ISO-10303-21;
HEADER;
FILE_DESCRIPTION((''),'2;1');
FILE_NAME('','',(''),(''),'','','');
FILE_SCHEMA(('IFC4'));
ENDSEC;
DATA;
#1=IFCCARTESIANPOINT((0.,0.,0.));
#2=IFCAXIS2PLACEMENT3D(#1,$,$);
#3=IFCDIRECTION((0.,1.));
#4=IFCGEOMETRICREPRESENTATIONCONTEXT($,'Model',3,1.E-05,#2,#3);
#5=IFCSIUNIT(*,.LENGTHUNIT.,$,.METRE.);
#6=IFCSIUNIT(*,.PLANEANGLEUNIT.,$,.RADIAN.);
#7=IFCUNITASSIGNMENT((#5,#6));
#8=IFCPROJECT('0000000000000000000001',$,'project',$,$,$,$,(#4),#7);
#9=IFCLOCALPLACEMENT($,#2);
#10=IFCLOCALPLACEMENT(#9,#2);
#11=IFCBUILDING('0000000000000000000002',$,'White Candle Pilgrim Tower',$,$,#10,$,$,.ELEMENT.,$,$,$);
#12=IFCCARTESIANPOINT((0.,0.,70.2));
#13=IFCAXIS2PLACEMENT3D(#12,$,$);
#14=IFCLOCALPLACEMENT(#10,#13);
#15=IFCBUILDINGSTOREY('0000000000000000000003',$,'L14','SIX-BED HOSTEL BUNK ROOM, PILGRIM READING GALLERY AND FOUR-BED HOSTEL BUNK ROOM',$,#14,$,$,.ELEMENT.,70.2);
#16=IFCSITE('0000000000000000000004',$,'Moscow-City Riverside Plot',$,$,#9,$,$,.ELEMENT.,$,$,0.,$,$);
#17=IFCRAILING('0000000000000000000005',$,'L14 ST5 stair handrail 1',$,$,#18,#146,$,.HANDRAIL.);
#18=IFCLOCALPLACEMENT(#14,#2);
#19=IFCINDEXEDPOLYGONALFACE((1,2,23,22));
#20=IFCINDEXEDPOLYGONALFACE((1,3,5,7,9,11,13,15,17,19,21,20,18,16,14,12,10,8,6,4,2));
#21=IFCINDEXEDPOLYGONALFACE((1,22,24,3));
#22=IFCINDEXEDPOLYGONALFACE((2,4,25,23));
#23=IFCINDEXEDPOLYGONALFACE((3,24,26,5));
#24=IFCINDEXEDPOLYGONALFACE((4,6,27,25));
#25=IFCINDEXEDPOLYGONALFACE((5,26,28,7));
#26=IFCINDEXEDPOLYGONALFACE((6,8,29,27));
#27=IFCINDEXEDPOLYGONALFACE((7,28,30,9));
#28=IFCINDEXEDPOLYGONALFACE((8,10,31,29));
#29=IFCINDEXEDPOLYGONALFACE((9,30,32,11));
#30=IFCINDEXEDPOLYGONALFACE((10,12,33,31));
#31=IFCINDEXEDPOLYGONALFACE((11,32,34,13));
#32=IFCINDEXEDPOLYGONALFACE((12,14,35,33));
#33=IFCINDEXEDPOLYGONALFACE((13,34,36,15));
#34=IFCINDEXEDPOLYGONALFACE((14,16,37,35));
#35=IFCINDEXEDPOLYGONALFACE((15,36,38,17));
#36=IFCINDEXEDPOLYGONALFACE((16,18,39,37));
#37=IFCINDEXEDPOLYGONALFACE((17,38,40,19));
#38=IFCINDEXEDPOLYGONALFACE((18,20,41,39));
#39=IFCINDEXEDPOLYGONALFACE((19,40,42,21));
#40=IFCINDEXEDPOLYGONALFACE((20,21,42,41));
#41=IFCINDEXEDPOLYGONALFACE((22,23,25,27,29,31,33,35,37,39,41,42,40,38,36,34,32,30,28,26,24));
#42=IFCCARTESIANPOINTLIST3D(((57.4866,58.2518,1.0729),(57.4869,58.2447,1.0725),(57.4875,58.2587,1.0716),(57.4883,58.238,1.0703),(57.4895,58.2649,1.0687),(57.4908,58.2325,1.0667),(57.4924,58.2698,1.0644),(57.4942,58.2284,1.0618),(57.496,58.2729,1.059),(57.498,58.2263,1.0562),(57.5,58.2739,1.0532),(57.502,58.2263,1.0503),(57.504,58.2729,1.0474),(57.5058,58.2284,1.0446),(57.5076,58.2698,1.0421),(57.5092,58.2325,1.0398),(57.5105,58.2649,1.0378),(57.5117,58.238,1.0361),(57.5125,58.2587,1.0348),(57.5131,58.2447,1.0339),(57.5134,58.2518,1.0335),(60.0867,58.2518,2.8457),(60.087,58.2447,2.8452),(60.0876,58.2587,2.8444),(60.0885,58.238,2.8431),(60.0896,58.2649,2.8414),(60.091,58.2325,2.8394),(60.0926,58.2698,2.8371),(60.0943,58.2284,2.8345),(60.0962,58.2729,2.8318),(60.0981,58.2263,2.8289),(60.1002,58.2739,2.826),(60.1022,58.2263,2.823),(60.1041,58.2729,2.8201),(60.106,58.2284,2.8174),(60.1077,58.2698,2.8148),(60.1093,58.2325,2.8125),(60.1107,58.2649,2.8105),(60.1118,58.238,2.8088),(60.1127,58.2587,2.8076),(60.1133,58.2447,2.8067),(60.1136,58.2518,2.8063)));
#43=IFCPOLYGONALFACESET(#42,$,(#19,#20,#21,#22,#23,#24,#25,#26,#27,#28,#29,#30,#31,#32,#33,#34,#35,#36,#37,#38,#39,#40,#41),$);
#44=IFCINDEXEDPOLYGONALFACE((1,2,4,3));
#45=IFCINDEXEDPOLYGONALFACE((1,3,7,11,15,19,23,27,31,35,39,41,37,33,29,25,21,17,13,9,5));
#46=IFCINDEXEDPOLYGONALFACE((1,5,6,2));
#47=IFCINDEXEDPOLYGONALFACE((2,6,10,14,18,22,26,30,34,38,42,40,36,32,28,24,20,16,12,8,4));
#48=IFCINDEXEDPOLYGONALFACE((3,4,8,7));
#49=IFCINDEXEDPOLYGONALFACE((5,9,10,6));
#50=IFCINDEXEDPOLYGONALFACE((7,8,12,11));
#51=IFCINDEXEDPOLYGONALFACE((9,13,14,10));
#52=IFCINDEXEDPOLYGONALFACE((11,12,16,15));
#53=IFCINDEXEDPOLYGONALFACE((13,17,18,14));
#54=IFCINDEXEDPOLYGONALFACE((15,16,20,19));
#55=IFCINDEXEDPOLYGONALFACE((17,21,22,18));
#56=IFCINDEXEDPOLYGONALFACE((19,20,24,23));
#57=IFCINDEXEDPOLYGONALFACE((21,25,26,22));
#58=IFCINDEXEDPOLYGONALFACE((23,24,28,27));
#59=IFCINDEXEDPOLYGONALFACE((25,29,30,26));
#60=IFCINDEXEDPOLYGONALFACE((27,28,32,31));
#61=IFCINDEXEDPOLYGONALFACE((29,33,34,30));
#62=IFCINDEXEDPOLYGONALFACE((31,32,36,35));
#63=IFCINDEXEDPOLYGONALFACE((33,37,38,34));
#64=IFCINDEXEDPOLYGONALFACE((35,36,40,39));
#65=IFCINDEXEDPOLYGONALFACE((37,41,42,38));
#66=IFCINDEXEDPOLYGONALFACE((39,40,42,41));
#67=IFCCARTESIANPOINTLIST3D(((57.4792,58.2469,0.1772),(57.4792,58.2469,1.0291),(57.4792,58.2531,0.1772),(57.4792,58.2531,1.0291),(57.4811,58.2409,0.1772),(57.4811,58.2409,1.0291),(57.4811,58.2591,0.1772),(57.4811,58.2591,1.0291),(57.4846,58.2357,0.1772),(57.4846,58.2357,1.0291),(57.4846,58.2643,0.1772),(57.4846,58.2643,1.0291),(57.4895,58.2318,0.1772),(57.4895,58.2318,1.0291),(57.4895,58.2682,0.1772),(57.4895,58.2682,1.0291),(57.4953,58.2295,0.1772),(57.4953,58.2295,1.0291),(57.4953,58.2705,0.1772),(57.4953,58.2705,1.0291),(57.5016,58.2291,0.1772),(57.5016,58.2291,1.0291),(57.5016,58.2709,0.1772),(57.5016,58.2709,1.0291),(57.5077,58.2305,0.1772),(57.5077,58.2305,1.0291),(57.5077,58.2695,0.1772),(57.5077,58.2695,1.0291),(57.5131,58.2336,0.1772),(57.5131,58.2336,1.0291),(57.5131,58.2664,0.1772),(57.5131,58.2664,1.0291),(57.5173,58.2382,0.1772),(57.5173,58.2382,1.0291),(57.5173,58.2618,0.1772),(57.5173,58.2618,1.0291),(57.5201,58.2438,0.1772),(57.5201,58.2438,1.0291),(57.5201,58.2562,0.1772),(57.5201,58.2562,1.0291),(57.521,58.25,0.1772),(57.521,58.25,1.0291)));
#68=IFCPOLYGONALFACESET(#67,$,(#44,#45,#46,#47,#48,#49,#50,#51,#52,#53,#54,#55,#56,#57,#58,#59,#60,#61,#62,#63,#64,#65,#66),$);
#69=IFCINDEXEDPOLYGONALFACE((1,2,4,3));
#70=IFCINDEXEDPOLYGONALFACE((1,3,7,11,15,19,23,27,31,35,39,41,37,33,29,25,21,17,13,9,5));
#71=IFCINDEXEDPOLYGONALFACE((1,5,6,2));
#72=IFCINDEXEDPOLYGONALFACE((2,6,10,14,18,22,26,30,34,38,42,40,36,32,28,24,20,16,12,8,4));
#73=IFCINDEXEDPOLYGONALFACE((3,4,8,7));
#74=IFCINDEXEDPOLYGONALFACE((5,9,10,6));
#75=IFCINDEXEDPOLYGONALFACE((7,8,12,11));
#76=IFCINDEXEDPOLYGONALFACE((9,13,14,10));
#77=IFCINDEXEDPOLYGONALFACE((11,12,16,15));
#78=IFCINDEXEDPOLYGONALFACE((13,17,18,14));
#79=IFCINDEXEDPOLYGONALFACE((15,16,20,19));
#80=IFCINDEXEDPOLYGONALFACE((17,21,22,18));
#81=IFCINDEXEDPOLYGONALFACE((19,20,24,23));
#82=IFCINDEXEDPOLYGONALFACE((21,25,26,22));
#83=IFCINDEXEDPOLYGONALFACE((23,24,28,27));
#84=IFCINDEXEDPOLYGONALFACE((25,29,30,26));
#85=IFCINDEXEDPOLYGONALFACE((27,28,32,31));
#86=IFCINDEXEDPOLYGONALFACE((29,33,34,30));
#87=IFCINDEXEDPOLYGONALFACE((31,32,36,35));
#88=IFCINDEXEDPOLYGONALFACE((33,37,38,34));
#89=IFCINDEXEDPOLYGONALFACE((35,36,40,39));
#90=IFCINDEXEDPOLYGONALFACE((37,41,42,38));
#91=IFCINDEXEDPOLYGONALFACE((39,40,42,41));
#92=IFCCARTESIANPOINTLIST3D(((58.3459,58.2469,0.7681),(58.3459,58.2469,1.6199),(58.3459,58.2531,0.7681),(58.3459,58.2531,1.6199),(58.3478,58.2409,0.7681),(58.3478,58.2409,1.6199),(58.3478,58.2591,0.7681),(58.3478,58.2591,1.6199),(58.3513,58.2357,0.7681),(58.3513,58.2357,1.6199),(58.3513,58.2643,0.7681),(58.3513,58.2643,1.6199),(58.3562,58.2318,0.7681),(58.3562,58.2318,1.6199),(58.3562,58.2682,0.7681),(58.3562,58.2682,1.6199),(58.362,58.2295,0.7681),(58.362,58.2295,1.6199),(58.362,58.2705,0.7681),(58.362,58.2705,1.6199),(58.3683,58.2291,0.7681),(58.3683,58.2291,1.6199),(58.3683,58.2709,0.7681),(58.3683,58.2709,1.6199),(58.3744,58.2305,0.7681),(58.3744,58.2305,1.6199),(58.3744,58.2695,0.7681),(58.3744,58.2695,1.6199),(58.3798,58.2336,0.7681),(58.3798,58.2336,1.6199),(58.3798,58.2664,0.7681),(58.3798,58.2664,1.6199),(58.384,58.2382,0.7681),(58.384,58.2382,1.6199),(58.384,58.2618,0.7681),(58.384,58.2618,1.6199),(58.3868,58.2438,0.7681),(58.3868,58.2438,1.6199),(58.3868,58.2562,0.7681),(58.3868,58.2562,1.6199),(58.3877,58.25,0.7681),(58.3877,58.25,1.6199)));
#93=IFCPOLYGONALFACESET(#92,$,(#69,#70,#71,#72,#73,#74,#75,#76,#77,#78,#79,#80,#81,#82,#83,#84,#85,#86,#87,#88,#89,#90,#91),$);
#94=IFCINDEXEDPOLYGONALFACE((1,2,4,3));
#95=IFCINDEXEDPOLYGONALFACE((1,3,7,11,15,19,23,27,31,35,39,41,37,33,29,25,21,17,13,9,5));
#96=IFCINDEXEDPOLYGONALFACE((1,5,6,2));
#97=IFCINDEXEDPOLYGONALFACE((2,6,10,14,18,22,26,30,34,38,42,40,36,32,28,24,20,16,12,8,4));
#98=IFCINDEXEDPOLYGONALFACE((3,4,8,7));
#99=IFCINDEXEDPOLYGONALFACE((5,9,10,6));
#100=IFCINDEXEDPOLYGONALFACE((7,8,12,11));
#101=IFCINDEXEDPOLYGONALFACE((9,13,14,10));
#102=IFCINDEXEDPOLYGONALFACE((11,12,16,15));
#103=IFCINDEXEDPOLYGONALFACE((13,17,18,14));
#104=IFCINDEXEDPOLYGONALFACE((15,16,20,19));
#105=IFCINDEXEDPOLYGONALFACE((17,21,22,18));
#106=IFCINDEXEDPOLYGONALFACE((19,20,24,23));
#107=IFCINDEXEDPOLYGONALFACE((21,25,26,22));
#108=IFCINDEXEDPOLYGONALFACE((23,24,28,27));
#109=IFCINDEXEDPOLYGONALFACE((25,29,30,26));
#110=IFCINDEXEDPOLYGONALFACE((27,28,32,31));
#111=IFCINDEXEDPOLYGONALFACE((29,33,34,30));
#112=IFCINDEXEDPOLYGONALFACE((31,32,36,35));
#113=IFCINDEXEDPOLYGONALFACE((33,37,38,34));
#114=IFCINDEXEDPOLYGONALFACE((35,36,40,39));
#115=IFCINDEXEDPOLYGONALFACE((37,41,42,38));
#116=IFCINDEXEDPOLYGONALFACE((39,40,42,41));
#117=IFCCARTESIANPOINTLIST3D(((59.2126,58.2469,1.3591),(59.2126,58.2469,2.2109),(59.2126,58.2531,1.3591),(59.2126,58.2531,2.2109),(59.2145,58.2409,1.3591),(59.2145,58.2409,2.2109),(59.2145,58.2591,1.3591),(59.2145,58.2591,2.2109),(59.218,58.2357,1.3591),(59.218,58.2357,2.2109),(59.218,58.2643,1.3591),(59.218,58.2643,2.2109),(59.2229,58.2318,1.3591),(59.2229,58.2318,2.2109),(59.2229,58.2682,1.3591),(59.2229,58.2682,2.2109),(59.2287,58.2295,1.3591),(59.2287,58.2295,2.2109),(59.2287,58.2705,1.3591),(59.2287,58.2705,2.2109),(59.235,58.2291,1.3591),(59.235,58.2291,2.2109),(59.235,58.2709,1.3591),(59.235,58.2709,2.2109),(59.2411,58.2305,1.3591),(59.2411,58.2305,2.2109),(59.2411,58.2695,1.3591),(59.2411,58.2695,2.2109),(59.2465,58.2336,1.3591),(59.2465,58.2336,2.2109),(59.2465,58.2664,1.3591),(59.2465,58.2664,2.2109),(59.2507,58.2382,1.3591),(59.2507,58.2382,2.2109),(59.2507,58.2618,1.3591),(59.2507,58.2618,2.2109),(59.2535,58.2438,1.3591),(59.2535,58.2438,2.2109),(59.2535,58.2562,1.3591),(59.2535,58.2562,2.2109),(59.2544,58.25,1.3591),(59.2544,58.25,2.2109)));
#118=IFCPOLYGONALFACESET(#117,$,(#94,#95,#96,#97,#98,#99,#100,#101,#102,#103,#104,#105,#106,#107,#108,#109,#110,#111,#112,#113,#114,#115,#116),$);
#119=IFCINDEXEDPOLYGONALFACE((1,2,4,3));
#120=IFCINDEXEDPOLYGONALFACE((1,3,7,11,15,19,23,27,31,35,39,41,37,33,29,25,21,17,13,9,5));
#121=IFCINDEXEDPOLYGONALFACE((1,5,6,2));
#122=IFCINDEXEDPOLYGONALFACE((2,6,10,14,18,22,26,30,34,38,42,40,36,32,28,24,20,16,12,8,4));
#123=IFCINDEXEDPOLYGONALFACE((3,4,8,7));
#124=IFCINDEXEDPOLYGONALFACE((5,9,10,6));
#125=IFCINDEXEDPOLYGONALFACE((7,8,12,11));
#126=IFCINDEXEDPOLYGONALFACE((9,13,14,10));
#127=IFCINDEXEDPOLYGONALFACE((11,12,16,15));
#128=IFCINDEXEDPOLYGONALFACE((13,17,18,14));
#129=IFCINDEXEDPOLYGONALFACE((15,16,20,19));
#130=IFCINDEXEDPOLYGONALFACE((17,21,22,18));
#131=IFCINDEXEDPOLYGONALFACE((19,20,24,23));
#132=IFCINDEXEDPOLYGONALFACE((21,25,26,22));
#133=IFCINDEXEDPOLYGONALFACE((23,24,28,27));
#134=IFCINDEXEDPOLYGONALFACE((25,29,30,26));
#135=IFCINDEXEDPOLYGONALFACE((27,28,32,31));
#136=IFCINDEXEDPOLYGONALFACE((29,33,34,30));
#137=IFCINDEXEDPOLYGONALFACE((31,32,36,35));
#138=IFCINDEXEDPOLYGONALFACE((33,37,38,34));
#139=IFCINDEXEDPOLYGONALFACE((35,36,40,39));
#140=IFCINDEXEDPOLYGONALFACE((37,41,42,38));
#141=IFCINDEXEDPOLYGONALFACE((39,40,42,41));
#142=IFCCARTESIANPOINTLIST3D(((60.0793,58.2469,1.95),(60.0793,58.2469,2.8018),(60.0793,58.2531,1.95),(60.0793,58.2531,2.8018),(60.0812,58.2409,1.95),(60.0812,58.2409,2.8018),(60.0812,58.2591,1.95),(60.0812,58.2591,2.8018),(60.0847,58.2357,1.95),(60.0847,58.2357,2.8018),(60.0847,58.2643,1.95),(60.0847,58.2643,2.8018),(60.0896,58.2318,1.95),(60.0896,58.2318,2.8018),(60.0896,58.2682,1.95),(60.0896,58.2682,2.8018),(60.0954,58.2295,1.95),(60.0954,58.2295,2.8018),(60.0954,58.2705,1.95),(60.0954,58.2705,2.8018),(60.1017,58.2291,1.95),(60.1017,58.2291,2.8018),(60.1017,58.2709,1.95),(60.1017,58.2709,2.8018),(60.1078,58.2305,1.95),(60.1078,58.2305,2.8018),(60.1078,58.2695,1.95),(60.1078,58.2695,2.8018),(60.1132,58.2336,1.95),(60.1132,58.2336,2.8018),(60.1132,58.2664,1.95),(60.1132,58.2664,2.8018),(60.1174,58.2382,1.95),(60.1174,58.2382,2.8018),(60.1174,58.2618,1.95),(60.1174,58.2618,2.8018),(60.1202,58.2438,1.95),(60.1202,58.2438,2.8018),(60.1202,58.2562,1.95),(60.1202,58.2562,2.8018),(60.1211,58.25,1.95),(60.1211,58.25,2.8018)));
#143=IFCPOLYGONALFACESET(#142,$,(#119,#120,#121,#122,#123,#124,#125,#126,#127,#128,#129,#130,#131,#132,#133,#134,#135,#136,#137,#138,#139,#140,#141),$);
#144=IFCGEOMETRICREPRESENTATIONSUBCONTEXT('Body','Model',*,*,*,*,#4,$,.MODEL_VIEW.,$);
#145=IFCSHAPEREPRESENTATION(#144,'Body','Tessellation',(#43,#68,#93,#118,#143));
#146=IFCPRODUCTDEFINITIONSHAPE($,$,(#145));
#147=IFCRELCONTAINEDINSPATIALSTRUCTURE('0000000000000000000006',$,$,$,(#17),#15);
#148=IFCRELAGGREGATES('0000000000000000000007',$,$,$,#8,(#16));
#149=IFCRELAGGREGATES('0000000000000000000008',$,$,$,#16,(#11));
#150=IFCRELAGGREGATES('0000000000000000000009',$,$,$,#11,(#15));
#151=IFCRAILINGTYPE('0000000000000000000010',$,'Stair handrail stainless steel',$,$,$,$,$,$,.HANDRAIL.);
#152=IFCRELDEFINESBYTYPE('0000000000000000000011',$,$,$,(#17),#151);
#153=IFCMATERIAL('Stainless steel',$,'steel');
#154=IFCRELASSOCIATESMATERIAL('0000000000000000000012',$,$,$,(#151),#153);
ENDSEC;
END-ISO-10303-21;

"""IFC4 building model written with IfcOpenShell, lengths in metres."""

from ifc_helpers import new_model, si_unit, direction, frame, origin, origin_2d, place, context, subcontext, project, spatial, circle, extrude, material, type_object, element, save


model = new_model("IFC4")

# Units and contexts
model_context = context("Model", 3, precision=1e-05, world=origin(), true_north=direction((0.0, 1.0)))
body_context = subcontext(model_context, "Body", "Model", "MODEL_VIEW")
ifc_project = project(units=[si_unit("LENGTHUNIT", "METRE"), si_unit("PLANEANGLEUNIT", "RADIAN")], contexts=[model_context])

# Site, building, storey
site_placement = place(None, origin())
site = spatial("IfcSite", under=ifc_project, at=site_placement, Name="Moscow-City Riverside Plot", CompositionType="ELEMENT", RefElevation=0.0)
building_placement = place(site_placement, origin())
building = spatial("IfcBuilding", under=site, at=building_placement, Name="White Candle Pilgrim Tower", CompositionType="ELEMENT")
storey_placement = place(building_placement, frame((0.0, 0.0, 70.2)))
storey = spatial("IfcBuildingStorey", under=building, at=storey_placement, Name="L14", Description="SIX-BED HOSTEL BUNK ROOM, PILGRIM READING GALLERY AND FOUR-BED HOSTEL BUNK ROOM", CompositionType="ELEMENT", Elevation=70.2)

# Railing
ifc_material_1 = material(Name="Stainless steel", Category="steel")
railing_type_1 = type_object("IfcRailingType", Name="Stair handrail stainless steel", PredefinedType="HANDRAIL", material=ifc_material_1)
railing_1_placement = place(storey_placement, frame((57.5, 58.25, 0.1772)))
element("IfcRailing", 1, at=railing_1_placement, inside=storey, type_object=railing_type_1, Name="L14 ST5 stair handrail 1", PredefinedType="HANDRAIL", context=body_context, shape_type="SweptSolid", body=[
    extrude(circle(Radius=0.0239, at=origin_2d()), frame((0.0, 0.0, 0.876), z_axis=(0.82624, 0.0, 0.563318), x_axis=(0.0, 1.0, 0.0)), (0.0, 0.0, 1.0), 3.147),
    extrude(circle(Radius=0.021, at=origin_2d()), origin(), (0.0, 0.0, 1.0), 0.8518),
    extrude(circle(Radius=0.021, at=origin_2d()), frame((0.8667, 0.0, 0.5908)), (0.0, 0.0, 1.0), 0.8518),
    extrude(circle(Radius=0.021, at=origin_2d()), frame((1.7334, 0.0, 1.1819)), (0.0, 0.0, 1.0), 0.8518),
    extrude(circle(Radius=0.021, at=origin_2d()), frame((2.6001, 0.0, 1.7727)), (0.0, 0.0, 1.0), 0.8518),
])

save(model, "model.ifc")
